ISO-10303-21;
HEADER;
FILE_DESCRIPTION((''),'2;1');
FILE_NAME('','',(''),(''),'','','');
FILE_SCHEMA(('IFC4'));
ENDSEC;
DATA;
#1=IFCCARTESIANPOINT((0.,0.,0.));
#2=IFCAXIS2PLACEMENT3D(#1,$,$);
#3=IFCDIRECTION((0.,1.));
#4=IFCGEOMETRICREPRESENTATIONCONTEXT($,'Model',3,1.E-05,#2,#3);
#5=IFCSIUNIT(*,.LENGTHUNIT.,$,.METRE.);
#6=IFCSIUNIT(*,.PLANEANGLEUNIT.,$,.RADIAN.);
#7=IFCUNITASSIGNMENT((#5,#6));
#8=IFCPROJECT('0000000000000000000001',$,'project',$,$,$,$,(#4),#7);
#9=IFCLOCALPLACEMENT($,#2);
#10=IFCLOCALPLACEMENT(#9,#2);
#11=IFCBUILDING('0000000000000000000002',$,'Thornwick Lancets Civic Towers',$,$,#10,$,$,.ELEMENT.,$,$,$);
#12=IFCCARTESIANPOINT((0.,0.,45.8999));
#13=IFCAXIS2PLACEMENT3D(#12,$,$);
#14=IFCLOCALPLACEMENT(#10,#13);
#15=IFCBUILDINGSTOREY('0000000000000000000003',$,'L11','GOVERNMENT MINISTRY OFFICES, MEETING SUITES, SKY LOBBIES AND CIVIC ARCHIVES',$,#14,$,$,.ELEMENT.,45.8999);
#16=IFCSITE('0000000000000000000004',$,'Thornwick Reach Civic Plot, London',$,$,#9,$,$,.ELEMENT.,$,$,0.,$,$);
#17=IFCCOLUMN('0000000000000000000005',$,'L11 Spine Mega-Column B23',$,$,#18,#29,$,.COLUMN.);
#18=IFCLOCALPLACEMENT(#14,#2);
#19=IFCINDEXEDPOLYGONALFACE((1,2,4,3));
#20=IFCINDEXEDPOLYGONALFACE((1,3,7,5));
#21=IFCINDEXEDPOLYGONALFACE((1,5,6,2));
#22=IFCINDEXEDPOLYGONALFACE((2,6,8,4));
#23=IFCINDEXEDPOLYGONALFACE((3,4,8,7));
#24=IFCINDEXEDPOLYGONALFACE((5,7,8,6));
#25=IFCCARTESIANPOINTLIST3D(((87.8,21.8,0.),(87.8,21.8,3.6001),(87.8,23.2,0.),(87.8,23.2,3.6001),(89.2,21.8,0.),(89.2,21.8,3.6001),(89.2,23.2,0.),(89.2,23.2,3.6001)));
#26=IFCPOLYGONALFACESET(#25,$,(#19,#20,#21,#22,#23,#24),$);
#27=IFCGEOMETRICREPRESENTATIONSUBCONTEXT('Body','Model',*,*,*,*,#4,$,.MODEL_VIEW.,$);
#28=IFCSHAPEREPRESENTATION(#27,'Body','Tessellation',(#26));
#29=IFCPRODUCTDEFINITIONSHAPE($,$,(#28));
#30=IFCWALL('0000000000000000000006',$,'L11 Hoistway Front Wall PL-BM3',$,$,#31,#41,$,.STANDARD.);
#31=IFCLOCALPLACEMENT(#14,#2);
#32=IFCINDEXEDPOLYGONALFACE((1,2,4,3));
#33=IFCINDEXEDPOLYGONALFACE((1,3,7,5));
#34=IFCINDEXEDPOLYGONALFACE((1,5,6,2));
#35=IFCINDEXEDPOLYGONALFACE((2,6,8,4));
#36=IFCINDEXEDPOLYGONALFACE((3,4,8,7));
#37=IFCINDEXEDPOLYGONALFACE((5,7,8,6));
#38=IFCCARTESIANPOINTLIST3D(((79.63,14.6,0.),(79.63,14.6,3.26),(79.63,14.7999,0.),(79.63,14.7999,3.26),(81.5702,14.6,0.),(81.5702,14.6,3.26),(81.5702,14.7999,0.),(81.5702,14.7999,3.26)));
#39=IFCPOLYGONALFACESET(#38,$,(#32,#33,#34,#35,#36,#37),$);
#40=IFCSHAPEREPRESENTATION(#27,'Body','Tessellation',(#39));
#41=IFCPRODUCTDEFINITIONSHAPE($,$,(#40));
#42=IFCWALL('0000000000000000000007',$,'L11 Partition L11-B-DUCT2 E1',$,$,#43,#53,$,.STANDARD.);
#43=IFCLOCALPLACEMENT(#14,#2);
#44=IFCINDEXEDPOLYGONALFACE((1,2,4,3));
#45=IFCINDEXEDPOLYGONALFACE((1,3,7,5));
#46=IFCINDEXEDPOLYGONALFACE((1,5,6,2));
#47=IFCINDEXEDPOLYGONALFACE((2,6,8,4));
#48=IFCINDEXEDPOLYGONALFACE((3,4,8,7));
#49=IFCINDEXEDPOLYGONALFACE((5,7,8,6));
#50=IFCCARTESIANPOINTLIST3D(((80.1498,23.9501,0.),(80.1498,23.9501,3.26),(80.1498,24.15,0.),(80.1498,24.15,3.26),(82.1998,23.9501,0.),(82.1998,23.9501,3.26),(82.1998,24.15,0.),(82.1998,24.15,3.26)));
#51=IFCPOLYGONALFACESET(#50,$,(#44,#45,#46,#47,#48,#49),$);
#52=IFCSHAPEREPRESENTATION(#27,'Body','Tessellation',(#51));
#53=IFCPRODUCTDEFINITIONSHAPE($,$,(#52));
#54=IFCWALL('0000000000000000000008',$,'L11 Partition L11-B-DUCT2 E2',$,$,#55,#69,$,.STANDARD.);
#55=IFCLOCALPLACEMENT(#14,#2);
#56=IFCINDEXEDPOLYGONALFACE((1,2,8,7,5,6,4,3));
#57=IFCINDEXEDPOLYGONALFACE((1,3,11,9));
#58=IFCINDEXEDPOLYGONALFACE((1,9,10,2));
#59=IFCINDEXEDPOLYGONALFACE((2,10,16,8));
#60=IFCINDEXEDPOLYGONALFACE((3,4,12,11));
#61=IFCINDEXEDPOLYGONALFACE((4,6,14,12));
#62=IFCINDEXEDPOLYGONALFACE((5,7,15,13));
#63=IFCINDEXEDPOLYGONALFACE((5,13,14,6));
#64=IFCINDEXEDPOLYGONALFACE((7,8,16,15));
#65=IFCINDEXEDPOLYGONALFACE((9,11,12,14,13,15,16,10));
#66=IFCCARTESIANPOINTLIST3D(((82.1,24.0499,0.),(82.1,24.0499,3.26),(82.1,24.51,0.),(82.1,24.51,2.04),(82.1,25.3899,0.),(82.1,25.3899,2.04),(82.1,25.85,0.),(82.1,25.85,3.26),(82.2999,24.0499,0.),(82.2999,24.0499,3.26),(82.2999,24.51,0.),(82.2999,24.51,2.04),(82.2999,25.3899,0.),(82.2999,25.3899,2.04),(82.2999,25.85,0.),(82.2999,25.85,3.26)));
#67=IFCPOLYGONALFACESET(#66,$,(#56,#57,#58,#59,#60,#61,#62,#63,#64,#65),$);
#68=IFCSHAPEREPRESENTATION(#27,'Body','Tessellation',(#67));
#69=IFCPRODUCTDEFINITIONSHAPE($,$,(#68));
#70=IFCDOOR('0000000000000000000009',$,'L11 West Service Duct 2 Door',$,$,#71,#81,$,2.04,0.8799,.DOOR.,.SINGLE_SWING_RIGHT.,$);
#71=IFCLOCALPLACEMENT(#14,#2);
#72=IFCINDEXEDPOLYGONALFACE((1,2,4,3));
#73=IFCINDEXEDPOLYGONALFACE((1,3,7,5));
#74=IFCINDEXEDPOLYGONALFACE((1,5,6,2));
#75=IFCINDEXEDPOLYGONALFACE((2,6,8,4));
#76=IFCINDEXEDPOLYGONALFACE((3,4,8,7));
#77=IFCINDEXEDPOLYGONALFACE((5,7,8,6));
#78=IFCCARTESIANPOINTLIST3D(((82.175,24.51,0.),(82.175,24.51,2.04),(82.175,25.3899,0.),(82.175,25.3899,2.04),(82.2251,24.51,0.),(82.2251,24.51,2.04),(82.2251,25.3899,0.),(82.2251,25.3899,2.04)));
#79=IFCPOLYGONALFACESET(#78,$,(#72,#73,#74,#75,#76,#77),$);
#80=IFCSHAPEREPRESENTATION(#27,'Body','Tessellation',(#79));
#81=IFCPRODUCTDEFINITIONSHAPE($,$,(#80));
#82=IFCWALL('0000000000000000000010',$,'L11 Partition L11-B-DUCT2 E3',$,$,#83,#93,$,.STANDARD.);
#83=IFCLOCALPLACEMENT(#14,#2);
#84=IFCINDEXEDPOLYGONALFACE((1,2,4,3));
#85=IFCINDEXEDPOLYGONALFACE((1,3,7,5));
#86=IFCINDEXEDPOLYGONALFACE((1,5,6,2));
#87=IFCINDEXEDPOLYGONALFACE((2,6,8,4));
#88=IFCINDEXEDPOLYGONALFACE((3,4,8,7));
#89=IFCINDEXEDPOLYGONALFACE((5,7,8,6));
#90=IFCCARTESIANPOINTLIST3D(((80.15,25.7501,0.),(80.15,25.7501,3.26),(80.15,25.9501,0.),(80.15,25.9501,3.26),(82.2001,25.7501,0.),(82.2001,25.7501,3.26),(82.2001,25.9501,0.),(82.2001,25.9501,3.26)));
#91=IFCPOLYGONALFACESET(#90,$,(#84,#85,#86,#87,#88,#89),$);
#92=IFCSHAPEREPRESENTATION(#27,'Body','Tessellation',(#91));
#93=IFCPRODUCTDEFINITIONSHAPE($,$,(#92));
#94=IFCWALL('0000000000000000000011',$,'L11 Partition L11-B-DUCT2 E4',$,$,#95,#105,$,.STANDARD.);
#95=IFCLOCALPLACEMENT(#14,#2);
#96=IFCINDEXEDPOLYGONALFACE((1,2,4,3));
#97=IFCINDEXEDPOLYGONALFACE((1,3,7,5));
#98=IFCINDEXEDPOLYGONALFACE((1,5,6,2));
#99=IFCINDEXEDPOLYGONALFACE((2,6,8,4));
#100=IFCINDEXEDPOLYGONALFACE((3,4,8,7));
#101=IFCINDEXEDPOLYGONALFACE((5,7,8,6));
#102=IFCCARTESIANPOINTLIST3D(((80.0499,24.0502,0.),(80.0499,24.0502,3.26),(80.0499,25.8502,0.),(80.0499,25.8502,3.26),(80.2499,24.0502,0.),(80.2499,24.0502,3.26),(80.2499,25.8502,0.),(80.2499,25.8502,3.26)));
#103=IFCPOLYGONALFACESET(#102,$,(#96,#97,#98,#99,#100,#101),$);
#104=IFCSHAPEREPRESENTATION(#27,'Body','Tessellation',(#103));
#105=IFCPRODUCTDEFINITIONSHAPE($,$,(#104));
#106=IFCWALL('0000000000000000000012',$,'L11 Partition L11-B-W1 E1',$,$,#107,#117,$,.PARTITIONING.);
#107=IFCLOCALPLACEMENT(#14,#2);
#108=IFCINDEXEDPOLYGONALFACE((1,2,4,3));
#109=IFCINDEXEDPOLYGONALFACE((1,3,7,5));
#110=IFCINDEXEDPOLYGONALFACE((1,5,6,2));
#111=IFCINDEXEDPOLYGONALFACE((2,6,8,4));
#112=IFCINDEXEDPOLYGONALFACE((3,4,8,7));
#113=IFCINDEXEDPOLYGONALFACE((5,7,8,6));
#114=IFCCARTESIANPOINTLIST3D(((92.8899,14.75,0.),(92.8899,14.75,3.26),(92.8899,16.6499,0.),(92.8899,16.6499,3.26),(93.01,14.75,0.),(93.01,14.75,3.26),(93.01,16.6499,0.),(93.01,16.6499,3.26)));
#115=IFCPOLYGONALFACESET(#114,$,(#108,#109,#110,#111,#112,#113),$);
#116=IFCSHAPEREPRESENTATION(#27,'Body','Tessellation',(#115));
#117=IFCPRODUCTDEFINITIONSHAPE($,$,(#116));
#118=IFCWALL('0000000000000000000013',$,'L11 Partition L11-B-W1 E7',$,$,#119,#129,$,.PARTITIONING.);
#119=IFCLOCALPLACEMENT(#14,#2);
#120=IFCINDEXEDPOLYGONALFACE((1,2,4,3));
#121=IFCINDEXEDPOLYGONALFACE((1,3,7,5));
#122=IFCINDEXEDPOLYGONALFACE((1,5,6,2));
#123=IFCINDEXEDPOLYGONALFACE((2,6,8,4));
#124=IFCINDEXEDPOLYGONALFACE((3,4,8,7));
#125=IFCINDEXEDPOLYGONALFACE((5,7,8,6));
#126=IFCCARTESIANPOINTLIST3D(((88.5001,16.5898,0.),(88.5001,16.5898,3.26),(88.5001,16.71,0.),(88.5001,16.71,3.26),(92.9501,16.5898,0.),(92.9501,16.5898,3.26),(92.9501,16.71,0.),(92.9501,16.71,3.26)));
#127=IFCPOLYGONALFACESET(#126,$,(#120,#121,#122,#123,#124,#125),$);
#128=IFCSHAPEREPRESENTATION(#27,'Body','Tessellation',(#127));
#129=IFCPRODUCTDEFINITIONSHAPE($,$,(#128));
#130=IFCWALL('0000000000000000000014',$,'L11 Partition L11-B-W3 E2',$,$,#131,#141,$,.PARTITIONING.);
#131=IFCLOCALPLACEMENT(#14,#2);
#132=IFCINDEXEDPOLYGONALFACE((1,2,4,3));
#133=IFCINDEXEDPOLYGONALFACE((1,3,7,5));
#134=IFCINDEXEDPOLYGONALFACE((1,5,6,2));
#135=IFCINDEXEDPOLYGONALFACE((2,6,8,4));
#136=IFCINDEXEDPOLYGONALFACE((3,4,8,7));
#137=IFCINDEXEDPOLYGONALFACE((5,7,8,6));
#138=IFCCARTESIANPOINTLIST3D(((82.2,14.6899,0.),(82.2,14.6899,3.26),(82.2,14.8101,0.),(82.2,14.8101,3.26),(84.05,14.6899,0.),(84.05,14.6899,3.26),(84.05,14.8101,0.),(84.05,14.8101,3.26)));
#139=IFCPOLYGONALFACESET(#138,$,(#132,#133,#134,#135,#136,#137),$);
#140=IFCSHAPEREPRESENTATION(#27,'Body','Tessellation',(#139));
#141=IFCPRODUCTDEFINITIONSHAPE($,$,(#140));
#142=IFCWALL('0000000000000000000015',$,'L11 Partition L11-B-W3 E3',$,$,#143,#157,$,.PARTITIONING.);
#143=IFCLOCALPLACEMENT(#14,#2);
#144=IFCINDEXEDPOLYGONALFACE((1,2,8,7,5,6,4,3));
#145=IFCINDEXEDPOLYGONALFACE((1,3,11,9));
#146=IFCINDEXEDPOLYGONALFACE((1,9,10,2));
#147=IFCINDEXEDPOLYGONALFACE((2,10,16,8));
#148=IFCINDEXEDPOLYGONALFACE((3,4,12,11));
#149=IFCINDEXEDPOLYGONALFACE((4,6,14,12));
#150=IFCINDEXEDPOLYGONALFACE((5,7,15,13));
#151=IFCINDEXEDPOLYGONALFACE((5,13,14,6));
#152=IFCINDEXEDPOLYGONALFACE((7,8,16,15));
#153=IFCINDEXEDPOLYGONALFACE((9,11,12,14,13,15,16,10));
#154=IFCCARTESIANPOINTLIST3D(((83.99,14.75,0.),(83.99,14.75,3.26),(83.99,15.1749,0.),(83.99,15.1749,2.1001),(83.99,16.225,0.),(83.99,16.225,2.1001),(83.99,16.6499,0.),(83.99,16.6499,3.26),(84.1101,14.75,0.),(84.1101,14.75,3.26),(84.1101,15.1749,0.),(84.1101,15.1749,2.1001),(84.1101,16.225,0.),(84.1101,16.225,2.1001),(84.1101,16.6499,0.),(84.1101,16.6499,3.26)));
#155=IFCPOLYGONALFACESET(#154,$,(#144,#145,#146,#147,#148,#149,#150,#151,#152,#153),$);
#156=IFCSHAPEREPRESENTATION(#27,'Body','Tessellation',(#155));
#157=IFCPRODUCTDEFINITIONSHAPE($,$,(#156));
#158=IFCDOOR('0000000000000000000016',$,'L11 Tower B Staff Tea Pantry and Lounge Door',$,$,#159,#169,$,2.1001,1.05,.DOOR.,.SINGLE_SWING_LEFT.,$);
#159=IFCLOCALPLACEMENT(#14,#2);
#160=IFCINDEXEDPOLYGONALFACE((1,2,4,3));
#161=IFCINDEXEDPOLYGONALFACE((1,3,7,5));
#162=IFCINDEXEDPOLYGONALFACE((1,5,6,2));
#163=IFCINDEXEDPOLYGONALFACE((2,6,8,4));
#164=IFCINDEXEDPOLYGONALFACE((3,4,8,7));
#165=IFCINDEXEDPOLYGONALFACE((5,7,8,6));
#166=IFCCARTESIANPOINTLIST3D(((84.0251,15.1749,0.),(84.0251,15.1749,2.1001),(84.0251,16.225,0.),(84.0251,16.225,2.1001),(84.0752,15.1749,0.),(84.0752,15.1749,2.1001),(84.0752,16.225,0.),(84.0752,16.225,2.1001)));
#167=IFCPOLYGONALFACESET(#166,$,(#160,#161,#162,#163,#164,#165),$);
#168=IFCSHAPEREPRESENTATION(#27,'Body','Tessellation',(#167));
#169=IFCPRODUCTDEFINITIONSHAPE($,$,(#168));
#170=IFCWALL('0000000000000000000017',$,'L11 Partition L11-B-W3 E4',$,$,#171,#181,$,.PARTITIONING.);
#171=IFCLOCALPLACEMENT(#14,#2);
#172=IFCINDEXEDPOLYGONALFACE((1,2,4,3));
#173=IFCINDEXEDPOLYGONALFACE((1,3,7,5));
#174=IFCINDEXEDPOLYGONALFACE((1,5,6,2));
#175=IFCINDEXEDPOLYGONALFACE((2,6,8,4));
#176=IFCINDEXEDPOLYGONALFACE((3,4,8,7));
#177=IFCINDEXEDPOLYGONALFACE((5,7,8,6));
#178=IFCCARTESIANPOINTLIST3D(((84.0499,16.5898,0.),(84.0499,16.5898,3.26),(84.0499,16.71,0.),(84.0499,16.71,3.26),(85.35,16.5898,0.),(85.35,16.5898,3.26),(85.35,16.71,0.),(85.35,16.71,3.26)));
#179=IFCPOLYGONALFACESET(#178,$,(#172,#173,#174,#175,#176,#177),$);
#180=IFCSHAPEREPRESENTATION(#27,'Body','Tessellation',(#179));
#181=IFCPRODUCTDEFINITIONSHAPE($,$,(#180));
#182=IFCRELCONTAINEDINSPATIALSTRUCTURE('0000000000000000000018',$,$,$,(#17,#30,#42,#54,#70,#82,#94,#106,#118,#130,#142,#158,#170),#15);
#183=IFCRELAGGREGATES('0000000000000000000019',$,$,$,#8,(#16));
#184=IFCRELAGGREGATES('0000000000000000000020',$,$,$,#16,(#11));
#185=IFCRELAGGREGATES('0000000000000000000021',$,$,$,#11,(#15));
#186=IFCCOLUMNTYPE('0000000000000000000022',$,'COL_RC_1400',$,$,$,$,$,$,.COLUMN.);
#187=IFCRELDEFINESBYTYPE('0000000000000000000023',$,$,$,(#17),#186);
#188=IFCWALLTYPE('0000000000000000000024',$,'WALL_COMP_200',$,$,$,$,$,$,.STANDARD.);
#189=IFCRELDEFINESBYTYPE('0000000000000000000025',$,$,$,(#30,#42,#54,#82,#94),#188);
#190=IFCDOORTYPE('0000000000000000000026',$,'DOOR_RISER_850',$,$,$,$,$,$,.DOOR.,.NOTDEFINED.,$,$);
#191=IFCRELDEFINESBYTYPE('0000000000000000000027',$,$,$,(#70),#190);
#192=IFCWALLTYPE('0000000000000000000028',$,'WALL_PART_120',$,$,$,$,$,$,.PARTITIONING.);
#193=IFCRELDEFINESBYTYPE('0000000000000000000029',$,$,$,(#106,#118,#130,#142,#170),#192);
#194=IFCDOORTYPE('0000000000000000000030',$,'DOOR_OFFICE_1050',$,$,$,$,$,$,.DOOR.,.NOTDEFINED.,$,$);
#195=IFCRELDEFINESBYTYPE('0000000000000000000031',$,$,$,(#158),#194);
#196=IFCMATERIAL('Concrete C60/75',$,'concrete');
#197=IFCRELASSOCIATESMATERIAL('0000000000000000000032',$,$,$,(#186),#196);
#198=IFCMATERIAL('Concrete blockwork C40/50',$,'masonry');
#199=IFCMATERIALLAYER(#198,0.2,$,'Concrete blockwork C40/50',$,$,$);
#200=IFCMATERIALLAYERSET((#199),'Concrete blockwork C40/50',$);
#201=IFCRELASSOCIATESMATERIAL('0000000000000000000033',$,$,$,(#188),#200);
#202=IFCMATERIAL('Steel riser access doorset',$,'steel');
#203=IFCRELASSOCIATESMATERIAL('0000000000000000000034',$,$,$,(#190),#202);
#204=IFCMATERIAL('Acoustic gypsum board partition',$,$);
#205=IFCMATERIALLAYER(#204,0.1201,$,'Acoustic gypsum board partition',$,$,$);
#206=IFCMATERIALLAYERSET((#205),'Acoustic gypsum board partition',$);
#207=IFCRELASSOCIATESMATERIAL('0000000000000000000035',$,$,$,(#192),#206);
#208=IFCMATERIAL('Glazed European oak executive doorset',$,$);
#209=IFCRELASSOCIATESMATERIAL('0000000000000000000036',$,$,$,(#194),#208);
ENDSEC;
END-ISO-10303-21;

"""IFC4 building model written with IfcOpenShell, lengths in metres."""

from ifc_helpers import new_model, si_unit, direction, frame, frame_2d, origin, origin_2d, place, context, subcontext, project, spatial, rectangle, extrude, material, layer, layer_set, material_profile, profile_set, type_object, element, fill, save


model = new_model("IFC4")

# Units and contexts
model_context = context("Model", 3, precision=1e-05, world=origin(), true_north=direction((0.0, 1.0)))
body_context = subcontext(model_context, "Body", "Model", "MODEL_VIEW")
ifc_project = project(units=[si_unit("LENGTHUNIT", "METRE"), si_unit("PLANEANGLEUNIT", "RADIAN")], contexts=[model_context])

# Site, building, storey
site_placement = place(None, origin())
site = spatial("IfcSite", under=ifc_project, at=site_placement, Name="Thornwick Reach Civic Plot, London", CompositionType="ELEMENT", RefElevation=0.0)
building_placement = place(site_placement, origin())
building = spatial("IfcBuilding", under=site, at=building_placement, Name="Thornwick Lancets Civic Towers", CompositionType="ELEMENT")
storey_placement = place(building_placement, frame((0.0, 0.0, 45.8999)))
storey = spatial("IfcBuildingStorey", under=building, at=storey_placement, Name="L11", Description="GOVERNMENT MINISTRY OFFICES, MEETING SUITES, SKY LOBBIES AND CIVIC ARCHIVES", CompositionType="ELEMENT", Elevation=45.8999)

# Column
ifc_material_1 = material(Name="Concrete C60/75", Category="concrete")
ifc_material_profile = material_profile(ifc_material_1, rectangle(XDim=1.3999, YDim=1.3999, at=origin_2d()), Name="RC 1400x1400")
ifc_profile_set = profile_set([ifc_material_profile], Name="Concrete C60/75")
column_type = type_object("IfcColumnType", Name="COL_RC_1400", PredefinedType="COLUMN", material=ifc_profile_set)
column_placement = place(storey_placement, frame((88.5, 22.5, 0.0), z_axis=(0.0, 0.0, 1.0), x_axis=(1.0, 0.0, 0.0)))
element("IfcColumn", 1, at=column_placement, inside=storey, type_object=column_type, Name="L11 Spine Mega-Column B23", PredefinedType="COLUMN", context=body_context, shape_type="SweptSolid", body=[
    extrude(rectangle(XDim=1.3999, YDim=1.3999, at=origin_2d()), origin(), (0.0, 0.0, 1.0), 3.6001),
])

# Walls
ifc_material_2 = material(Name="Concrete blockwork C40/50", Category="masonry")
ifc_layer_1 = layer(ifc_material_2, 0.2, Name="Concrete blockwork C40/50")
ifc_layer_set_1 = layer_set([ifc_layer_1], Name="Concrete blockwork C40/50")
wall_type_1 = type_object("IfcWallType", Name="WALL_COMP_200", PredefinedType="STANDARD", material=ifc_layer_set_1)
wall_1_placement = place(storey_placement, frame((79.6299, 14.7, 0.0), z_axis=(0.0, 0.0, 1.0), x_axis=(1.0, 0.0, 0.0)))
element("IfcWall", 2, at=wall_1_placement, inside=storey, type_object=wall_type_1, Name="L11 Hoistway Front Wall PL-BM3", PredefinedType="STANDARD", context=body_context, shape_type="SweptSolid", body=[
    extrude(rectangle(XDim=1.9402, YDim=0.2, at=frame_2d((0.9702, 0.0))), origin(), (0.0, 0.0, 1.0), 3.26),
])
wall_2_placement = place(storey_placement, frame((80.1499, 24.05, 0.0), z_axis=(0.0, 0.0, 1.0), x_axis=(1.0, 0.0, 0.0)))
element("IfcWall", 3, at=wall_2_placement, inside=storey, type_object=wall_type_1, Name="L11 Partition L11-B-DUCT2 E1", PredefinedType="STANDARD", context=body_context, shape_type="SweptSolid", body=[
    extrude(rectangle(XDim=2.05, YDim=0.2, at=frame_2d((1.0249, 0.0))), origin(), (0.0, 0.0, 1.0), 3.26),
])

# Wall, opening, door
wall_3_placement = place(storey_placement, frame((82.2, 24.05, 0.0), z_axis=(0.0, 0.0, 1.0), x_axis=(0.0, 1.0, 0.0)))
wall_3 = element("IfcWall", 4, at=wall_3_placement, inside=storey, type_object=wall_type_1, Name="L11 Partition L11-B-DUCT2 E2", PredefinedType="STANDARD", context=body_context, shape_type="SweptSolid", body=[
    extrude(rectangle(XDim=1.8, YDim=0.2, at=frame_2d((0.8999, 0.0))), origin(), (0.0, 0.0, 1.0), 3.26),
])
opening_1_placement = place(wall_3_placement, frame((0.46, 0.0, 0.0)))
opening_1 = element("IfcOpeningElement", 5, at=opening_1_placement, cuts=wall_3, PredefinedType="OPENING", context=body_context, shape_type="SweptSolid", body=[
    extrude(rectangle(XDim=0.8799, YDim=2.04, at=frame_2d((0.4399, 1.02))), frame((0.0, 0.1099, 0.0), z_axis=(0.0, -1.0, 0.0), x_axis=(1.0, 0.0, 0.0)), (0.0, 0.0, 1.0), 0.22),
])
ifc_material_3 = material(Name="Steel riser access doorset", Category="steel")
door_type_1 = type_object("IfcDoorType", Name="DOOR_RISER_850", OperationType="NOTDEFINED", PredefinedType="DOOR", material=ifc_material_3)
door_1_placement = place(opening_1_placement, origin())
door_1 = element("IfcDoor", 6, at=door_1_placement, inside=storey, type_object=door_type_1, Name="L11 West Service Duct 2 Door", OperationType="SINGLE_SWING_RIGHT", OverallHeight=2.04, OverallWidth=0.8799, PredefinedType="DOOR", context=body_context, shape_type="SweptSolid", body=[
    extrude(rectangle(XDim=0.8799, YDim=2.04, at=frame_2d((0.4399, 1.02))), frame((0.0, 0.0249, 0.0), z_axis=(0.0, -1.0, 0.0), x_axis=(1.0, 0.0, 0.0)), (0.0, 0.0, 1.0), 0.05),
])
fill(opening_1, door_1)

# Walls
wall_4_placement = place(storey_placement, frame((82.2, 25.8501, 0.0), z_axis=(0.0, 0.0, 1.0), x_axis=(-1.0, 0.0, 0.0)))
element("IfcWall", 7, at=wall_4_placement, inside=storey, type_object=wall_type_1, Name="L11 Partition L11-B-DUCT2 E3", PredefinedType="STANDARD", context=body_context, shape_type="SweptSolid", body=[
    extrude(rectangle(XDim=2.05, YDim=0.2, at=frame_2d((1.0249, 0.0))), origin(), (0.0, 0.0, 1.0), 3.26),
])
wall_5_placement = place(storey_placement, frame((80.1499, 25.8501, 0.0), z_axis=(0.0, 0.0, 1.0), x_axis=(0.0, -1.0, 0.0)))
element("IfcWall", 8, at=wall_5_placement, inside=storey, type_object=wall_type_1, Name="L11 Partition L11-B-DUCT2 E4", PredefinedType="STANDARD", context=body_context, shape_type="SweptSolid", body=[
    extrude(rectangle(XDim=1.8, YDim=0.2, at=frame_2d((0.8999, 0.0))), origin(), (0.0, 0.0, 1.0), 3.26),
])
ifc_material_4 = material(Name="Acoustic gypsum board partition")
ifc_layer_2 = layer(ifc_material_4, 0.1201, Name="Acoustic gypsum board partition")
ifc_layer_set_2 = layer_set([ifc_layer_2], Name="Acoustic gypsum board partition")
wall_type_2 = type_object("IfcWallType", Name="WALL_PART_120", PredefinedType="PARTITIONING", material=ifc_layer_set_2)
wall_6_placement = place(storey_placement, frame((92.95, 16.6499, 0.0), z_axis=(0.0, 0.0, 1.0), x_axis=(0.0, -1.0, 0.0)))
element("IfcWall", 9, at=wall_6_placement, inside=storey, type_object=wall_type_2, Name="L11 Partition L11-B-W1 E1", PredefinedType="PARTITIONING", context=body_context, shape_type="SweptSolid", body=[
    extrude(rectangle(XDim=1.8999, YDim=0.1201, at=frame_2d((0.95, 0.0))), origin(), (0.0, 0.0, 1.0), 3.26),
])
wall_7_placement = place(storey_placement, frame((88.5, 16.6499, 0.0), z_axis=(0.0, 0.0, 1.0), x_axis=(1.0, 0.0, 0.0)))
element("IfcWall", 10, at=wall_7_placement, inside=storey, type_object=wall_type_2, Name="L11 Partition L11-B-W1 E7", PredefinedType="PARTITIONING", context=body_context, shape_type="SweptSolid", body=[
    extrude(rectangle(XDim=4.45, YDim=0.1201, at=frame_2d((2.2251, 0.0))), origin(), (0.0, 0.0, 1.0), 3.26),
])
wall_8_placement = place(storey_placement, frame((82.2, 14.75, 0.0), z_axis=(0.0, 0.0, 1.0), x_axis=(1.0, 0.0, 0.0)))
element("IfcWall", 11, at=wall_8_placement, inside=storey, type_object=wall_type_2, Name="L11 Partition L11-B-W3 E2", PredefinedType="PARTITIONING", context=body_context, shape_type="SweptSolid", body=[
    extrude(rectangle(XDim=1.8501, YDim=0.1201, at=frame_2d((0.925, 0.0))), origin(), (0.0, 0.0, 1.0), 3.26),
])

# Wall, opening, door
wall_9_placement = place(storey_placement, frame((84.05, 14.75, 0.0), z_axis=(0.0, 0.0, 1.0), x_axis=(0.0, 1.0, 0.0)))
wall_9 = element("IfcWall", 12, at=wall_9_placement, inside=storey, type_object=wall_type_2, Name="L11 Partition L11-B-W3 E3", PredefinedType="PARTITIONING", context=body_context, shape_type="SweptSolid", body=[
    extrude(rectangle(XDim=1.8999, YDim=0.1201, at=frame_2d((0.95, 0.0))), origin(), (0.0, 0.0, 1.0), 3.26),
])
opening_2_placement = place(wall_9_placement, frame((0.425, 0.0, 0.0)))
opening_2 = element("IfcOpeningElement", 13, at=opening_2_placement, cuts=wall_9, PredefinedType="OPENING", context=body_context, shape_type="SweptSolid", body=[
    extrude(rectangle(XDim=1.05, YDim=2.1001, at=frame_2d((0.5249, 1.05))), frame((0.0, 0.0701, 0.0), z_axis=(0.0, -1.0, 0.0), x_axis=(1.0, 0.0, 0.0)), (0.0, 0.0, 1.0), 0.1401),
])
ifc_material_5 = material(Name="Glazed European oak executive doorset")
door_type_2 = type_object("IfcDoorType", Name="DOOR_OFFICE_1050", OperationType="NOTDEFINED", PredefinedType="DOOR", material=ifc_material_5)
door_2_placement = place(opening_2_placement, origin())
door_2 = element("IfcDoor", 14, at=door_2_placement, inside=storey, type_object=door_type_2, Name="L11 Tower B Staff Tea Pantry and Lounge Door", OperationType="SINGLE_SWING_LEFT", OverallHeight=2.1001, OverallWidth=1.05, PredefinedType="DOOR", context=body_context, shape_type="SweptSolid", body=[
    extrude(rectangle(XDim=1.05, YDim=2.1001, at=frame_2d((0.5249, 1.05))), frame((0.0, 0.0249, 0.0), z_axis=(0.0, -1.0, 0.0), x_axis=(1.0, 0.0, 0.0)), (0.0, 0.0, 1.0), 0.05),
])
fill(opening_2, door_2)

# Wall
wall_10_placement = place(storey_placement, frame((84.05, 16.6499, 0.0), z_axis=(0.0, 0.0, 1.0), x_axis=(1.0, 0.0, 0.0)))
element("IfcWall", 15, at=wall_10_placement, inside=storey, type_object=wall_type_2, Name="L11 Partition L11-B-W3 E4", PredefinedType="PARTITIONING", context=body_context, shape_type="SweptSolid", body=[
    extrude(rectangle(XDim=1.3, YDim=0.1201, at=frame_2d((0.6499, 0.0))), origin(), (0.0, 0.0, 1.0), 3.26),
])

save(model, "model.ifc")
